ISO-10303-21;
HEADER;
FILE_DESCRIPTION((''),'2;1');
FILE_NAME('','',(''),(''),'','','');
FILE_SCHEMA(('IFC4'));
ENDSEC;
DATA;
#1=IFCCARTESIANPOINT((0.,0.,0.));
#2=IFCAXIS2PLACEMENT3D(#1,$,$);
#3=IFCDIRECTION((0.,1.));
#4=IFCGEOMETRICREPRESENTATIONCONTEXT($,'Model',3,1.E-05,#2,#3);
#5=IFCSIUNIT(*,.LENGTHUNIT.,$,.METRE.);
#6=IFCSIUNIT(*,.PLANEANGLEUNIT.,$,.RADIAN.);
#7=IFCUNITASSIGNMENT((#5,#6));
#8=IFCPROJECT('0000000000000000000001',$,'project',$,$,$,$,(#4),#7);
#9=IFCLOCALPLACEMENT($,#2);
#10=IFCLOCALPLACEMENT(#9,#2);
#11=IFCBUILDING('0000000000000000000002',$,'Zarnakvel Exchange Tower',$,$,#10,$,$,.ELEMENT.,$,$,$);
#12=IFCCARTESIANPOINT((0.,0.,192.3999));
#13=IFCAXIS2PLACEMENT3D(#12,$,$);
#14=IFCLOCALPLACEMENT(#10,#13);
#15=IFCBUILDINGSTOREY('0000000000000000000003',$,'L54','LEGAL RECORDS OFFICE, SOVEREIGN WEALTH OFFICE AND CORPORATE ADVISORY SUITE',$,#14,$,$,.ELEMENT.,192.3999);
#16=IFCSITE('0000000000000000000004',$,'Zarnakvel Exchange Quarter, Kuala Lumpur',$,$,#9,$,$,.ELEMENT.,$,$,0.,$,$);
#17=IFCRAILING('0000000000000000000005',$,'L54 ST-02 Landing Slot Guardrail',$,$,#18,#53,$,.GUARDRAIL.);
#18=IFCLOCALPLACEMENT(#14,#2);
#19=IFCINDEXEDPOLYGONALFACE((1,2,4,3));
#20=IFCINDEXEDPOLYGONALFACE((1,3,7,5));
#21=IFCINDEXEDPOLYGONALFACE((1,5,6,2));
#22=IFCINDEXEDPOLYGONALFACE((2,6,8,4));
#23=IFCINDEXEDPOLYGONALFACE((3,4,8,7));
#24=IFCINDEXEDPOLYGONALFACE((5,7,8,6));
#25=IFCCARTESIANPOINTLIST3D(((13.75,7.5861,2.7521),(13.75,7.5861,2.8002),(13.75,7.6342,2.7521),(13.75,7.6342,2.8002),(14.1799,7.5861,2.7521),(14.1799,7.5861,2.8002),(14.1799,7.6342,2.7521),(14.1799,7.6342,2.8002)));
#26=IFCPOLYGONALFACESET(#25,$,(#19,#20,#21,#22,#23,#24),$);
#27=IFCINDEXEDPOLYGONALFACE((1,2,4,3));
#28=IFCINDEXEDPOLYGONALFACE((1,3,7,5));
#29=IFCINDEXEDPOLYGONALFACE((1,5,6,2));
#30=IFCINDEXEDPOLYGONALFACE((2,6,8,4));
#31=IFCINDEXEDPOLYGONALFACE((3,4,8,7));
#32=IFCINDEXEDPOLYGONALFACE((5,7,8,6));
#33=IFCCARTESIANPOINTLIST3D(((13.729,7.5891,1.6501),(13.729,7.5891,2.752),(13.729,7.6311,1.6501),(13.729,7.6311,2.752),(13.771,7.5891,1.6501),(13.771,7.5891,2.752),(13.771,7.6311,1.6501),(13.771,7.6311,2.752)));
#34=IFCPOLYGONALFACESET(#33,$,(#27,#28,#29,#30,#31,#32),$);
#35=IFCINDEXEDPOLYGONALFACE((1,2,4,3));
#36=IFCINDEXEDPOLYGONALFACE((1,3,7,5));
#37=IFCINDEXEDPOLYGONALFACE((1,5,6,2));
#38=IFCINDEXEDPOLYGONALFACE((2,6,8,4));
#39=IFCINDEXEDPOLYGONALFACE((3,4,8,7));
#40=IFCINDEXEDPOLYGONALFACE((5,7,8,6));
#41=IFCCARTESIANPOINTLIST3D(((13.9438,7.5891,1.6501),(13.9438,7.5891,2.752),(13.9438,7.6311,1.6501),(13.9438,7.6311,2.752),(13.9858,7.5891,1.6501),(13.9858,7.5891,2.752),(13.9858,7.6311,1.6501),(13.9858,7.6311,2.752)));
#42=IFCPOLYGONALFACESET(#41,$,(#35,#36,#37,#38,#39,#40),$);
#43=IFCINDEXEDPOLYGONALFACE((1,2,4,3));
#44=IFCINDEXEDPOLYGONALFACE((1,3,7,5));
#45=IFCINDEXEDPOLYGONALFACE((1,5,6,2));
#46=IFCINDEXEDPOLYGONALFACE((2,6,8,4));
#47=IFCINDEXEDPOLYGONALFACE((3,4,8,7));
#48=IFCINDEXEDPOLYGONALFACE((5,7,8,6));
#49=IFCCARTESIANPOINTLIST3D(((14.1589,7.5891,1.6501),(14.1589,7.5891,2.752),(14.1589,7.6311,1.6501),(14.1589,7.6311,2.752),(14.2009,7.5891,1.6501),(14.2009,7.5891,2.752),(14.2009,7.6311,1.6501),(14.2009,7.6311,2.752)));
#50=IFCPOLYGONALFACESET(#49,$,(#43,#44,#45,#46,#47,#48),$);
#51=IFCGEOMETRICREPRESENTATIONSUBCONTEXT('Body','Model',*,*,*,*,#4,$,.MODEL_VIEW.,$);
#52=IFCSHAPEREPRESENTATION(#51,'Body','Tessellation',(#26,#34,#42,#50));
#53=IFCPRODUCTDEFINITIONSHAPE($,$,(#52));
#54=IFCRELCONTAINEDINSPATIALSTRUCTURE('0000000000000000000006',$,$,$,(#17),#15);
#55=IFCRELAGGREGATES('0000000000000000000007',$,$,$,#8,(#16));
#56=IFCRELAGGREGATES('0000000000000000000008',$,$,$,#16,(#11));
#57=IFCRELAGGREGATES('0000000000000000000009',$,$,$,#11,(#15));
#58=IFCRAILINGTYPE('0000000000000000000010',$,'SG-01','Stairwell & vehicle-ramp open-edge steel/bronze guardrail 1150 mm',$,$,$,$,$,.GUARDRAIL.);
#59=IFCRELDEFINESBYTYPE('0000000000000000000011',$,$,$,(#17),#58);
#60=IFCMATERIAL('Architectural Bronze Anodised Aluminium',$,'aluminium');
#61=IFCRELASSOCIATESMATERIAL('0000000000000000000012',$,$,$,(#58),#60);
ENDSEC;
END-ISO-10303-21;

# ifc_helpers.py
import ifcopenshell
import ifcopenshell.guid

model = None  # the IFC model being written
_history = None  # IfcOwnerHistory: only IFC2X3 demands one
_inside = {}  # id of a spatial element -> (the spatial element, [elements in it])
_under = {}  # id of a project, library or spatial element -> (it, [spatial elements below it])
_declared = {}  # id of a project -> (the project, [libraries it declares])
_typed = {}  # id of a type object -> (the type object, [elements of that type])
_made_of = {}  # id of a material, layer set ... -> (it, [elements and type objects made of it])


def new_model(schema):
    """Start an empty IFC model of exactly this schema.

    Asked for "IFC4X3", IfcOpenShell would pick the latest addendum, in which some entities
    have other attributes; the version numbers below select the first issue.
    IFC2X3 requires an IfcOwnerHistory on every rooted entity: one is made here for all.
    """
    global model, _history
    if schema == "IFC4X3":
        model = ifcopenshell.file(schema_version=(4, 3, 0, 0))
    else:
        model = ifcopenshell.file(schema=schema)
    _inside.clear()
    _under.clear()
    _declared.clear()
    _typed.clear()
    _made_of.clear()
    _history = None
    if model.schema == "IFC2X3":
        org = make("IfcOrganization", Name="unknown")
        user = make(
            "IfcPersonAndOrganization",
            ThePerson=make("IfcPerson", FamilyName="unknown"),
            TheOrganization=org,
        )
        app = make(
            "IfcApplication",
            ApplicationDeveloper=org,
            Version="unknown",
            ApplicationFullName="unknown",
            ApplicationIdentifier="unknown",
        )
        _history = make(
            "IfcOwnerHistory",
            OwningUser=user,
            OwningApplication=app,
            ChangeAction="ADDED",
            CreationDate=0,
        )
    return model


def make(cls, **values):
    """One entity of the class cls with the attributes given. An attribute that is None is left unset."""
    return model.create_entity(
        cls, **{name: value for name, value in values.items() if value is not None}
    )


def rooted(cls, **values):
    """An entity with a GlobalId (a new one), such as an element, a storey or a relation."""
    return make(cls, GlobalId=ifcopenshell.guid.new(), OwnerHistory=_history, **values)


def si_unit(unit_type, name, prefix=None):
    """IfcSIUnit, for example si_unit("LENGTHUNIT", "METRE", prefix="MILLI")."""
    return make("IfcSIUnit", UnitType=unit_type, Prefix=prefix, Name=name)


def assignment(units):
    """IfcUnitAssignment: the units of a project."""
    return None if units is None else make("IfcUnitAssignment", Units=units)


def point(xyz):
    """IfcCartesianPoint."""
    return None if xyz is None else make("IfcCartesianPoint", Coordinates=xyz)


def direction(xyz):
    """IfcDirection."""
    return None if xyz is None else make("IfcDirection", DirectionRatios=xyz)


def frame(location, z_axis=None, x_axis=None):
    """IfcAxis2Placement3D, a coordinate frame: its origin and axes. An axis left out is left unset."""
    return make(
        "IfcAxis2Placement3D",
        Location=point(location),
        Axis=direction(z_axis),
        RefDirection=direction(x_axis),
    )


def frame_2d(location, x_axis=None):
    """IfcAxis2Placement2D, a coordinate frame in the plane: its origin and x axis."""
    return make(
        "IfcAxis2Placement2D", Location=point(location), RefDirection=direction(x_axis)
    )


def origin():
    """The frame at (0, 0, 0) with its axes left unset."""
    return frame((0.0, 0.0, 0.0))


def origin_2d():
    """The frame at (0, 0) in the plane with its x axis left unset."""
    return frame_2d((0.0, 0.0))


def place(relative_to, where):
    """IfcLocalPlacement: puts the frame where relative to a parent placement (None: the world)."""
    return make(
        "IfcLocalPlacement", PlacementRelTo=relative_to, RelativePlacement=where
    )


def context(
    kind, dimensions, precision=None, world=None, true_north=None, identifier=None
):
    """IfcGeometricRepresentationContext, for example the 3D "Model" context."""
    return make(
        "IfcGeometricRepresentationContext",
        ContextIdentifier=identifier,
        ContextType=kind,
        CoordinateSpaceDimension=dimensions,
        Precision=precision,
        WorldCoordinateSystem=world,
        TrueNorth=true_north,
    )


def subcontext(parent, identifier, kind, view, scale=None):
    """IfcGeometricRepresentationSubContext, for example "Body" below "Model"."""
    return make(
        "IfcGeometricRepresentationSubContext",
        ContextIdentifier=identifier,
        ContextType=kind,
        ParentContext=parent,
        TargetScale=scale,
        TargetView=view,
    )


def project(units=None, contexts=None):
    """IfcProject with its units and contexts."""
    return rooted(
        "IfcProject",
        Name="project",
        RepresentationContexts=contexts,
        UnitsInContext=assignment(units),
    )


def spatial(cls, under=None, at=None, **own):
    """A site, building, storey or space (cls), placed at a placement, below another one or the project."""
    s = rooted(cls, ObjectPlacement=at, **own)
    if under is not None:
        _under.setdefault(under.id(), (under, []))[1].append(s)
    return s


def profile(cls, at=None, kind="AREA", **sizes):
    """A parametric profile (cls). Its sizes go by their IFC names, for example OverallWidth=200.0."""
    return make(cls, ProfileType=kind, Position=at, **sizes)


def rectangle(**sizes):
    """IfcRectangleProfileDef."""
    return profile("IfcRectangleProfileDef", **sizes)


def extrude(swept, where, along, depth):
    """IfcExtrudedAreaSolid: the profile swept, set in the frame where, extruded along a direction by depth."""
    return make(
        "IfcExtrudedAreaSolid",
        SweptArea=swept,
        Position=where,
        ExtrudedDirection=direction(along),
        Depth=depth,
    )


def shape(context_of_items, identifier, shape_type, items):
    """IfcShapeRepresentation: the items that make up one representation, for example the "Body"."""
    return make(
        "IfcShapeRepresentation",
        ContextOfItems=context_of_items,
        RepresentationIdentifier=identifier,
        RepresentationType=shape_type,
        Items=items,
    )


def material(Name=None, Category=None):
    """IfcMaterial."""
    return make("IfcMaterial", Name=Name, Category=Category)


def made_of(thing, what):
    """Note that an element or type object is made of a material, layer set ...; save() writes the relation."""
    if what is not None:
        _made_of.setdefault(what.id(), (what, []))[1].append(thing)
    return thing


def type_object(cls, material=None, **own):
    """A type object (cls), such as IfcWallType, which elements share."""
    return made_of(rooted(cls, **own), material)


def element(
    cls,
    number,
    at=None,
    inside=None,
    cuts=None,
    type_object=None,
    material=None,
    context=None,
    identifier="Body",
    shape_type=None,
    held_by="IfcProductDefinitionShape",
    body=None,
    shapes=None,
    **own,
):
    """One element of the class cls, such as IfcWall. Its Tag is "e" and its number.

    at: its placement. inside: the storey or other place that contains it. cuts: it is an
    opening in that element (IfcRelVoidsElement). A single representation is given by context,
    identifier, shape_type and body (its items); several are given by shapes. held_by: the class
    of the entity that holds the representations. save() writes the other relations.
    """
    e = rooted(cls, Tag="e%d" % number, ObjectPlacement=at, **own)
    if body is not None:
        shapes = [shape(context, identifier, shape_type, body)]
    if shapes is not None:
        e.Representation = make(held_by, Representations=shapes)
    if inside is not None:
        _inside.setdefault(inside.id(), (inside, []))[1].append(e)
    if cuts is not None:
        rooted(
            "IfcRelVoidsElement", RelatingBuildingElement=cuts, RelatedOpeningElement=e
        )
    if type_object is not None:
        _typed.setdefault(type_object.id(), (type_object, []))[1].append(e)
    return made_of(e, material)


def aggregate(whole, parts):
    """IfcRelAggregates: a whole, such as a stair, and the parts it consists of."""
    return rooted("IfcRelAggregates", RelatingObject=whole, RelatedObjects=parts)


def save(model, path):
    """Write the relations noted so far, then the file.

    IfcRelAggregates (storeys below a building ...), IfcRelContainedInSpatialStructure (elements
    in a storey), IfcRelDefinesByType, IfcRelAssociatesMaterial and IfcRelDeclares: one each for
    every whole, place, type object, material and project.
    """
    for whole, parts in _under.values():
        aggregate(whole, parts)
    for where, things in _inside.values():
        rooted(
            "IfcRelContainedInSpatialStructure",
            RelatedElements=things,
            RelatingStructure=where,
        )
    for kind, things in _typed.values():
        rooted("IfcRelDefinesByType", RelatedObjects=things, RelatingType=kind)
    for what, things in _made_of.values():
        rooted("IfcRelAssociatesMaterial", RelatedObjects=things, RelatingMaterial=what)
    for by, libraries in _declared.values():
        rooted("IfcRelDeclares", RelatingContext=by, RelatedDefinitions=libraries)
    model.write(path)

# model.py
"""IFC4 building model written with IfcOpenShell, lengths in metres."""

from ifc_helpers import new_model, si_unit, direction, frame, origin, origin_2d, place, context, subcontext, project, spatial, rectangle, extrude, material, type_object, element, save


model = new_model("IFC4")

# Units and contexts
model_context = context("Model", 3, precision=1e-05, world=origin(), true_north=direction((0.0, 1.0)))
body_context = subcontext(model_context, "Body", "Model", "MODEL_VIEW")
ifc_project = project(units=[si_unit("LENGTHUNIT", "METRE"), si_unit("PLANEANGLEUNIT", "RADIAN")], contexts=[model_context])

# Site, building, storey
site_placement = place(None, origin())
site = spatial("IfcSite", under=ifc_project, at=site_placement, Name="Zarnakvel Exchange Quarter, Kuala Lumpur", CompositionType="ELEMENT", RefElevation=0.0)
building_placement = place(site_placement, origin())
building = spatial("IfcBuilding", under=site, at=building_placement, Name="Zarnakvel Exchange Tower", CompositionType="ELEMENT")
storey_placement = place(building_placement, frame((0.0, 0.0, 192.3999)))
storey = spatial("IfcBuildingStorey", under=building, at=storey_placement, Name="L54", Description="LEGAL RECORDS OFFICE, SOVEREIGN WEALTH OFFICE AND CORPORATE ADVISORY SUITE", CompositionType="ELEMENT", Elevation=192.3999)

# Shared definitions
ifc_material_1 = material(Name="Architectural Bronze Anodised Aluminium", Category="aluminium")

# Railing
railing_type_1 = type_object("IfcRailingType", Name="SG-01", Description="Stairwell & vehicle-ramp open-edge steel/bronze guardrail 1150 mm", PredefinedType="GUARDRAIL", material=ifc_material_1)
railing_1_placement = place(storey_placement, frame((13.75, 7.6101, 1.6501)))
element("IfcRailing", 1, at=railing_1_placement, inside=storey, type_object=railing_type_1, Name="L54 ST-02 Landing Slot Guardrail", PredefinedType="GUARDRAIL", context=body_context, shape_type="SweptSolid", body=[
    extrude(rectangle(XDim=0.0481, YDim=0.0481, at=origin_2d()), frame((0.0, 0.0, 1.126), z_axis=(1.0, 0.0, 0.0), x_axis=(0.0, 1.0, 0.0)), (0.0, 0.0, 1.0), 0.4299),
    extrude(rectangle(XDim=0.042, YDim=0.042, at=origin_2d()), origin(), (0.0, 0.0, 1.0), 1.1018),
    extrude(rectangle(XDim=0.042, YDim=0.042, at=origin_2d()), frame((0.2148, 0.0, 0.0)), (0.0, 0.0, 1.0), 1.1018),
    extrude(rectangle(XDim=0.042, YDim=0.042, at=origin_2d()), frame((0.4299, 0.0, 0.0)), (0.0, 0.0, 1.0), 1.1018),
])

save(model, "model.ifc")
